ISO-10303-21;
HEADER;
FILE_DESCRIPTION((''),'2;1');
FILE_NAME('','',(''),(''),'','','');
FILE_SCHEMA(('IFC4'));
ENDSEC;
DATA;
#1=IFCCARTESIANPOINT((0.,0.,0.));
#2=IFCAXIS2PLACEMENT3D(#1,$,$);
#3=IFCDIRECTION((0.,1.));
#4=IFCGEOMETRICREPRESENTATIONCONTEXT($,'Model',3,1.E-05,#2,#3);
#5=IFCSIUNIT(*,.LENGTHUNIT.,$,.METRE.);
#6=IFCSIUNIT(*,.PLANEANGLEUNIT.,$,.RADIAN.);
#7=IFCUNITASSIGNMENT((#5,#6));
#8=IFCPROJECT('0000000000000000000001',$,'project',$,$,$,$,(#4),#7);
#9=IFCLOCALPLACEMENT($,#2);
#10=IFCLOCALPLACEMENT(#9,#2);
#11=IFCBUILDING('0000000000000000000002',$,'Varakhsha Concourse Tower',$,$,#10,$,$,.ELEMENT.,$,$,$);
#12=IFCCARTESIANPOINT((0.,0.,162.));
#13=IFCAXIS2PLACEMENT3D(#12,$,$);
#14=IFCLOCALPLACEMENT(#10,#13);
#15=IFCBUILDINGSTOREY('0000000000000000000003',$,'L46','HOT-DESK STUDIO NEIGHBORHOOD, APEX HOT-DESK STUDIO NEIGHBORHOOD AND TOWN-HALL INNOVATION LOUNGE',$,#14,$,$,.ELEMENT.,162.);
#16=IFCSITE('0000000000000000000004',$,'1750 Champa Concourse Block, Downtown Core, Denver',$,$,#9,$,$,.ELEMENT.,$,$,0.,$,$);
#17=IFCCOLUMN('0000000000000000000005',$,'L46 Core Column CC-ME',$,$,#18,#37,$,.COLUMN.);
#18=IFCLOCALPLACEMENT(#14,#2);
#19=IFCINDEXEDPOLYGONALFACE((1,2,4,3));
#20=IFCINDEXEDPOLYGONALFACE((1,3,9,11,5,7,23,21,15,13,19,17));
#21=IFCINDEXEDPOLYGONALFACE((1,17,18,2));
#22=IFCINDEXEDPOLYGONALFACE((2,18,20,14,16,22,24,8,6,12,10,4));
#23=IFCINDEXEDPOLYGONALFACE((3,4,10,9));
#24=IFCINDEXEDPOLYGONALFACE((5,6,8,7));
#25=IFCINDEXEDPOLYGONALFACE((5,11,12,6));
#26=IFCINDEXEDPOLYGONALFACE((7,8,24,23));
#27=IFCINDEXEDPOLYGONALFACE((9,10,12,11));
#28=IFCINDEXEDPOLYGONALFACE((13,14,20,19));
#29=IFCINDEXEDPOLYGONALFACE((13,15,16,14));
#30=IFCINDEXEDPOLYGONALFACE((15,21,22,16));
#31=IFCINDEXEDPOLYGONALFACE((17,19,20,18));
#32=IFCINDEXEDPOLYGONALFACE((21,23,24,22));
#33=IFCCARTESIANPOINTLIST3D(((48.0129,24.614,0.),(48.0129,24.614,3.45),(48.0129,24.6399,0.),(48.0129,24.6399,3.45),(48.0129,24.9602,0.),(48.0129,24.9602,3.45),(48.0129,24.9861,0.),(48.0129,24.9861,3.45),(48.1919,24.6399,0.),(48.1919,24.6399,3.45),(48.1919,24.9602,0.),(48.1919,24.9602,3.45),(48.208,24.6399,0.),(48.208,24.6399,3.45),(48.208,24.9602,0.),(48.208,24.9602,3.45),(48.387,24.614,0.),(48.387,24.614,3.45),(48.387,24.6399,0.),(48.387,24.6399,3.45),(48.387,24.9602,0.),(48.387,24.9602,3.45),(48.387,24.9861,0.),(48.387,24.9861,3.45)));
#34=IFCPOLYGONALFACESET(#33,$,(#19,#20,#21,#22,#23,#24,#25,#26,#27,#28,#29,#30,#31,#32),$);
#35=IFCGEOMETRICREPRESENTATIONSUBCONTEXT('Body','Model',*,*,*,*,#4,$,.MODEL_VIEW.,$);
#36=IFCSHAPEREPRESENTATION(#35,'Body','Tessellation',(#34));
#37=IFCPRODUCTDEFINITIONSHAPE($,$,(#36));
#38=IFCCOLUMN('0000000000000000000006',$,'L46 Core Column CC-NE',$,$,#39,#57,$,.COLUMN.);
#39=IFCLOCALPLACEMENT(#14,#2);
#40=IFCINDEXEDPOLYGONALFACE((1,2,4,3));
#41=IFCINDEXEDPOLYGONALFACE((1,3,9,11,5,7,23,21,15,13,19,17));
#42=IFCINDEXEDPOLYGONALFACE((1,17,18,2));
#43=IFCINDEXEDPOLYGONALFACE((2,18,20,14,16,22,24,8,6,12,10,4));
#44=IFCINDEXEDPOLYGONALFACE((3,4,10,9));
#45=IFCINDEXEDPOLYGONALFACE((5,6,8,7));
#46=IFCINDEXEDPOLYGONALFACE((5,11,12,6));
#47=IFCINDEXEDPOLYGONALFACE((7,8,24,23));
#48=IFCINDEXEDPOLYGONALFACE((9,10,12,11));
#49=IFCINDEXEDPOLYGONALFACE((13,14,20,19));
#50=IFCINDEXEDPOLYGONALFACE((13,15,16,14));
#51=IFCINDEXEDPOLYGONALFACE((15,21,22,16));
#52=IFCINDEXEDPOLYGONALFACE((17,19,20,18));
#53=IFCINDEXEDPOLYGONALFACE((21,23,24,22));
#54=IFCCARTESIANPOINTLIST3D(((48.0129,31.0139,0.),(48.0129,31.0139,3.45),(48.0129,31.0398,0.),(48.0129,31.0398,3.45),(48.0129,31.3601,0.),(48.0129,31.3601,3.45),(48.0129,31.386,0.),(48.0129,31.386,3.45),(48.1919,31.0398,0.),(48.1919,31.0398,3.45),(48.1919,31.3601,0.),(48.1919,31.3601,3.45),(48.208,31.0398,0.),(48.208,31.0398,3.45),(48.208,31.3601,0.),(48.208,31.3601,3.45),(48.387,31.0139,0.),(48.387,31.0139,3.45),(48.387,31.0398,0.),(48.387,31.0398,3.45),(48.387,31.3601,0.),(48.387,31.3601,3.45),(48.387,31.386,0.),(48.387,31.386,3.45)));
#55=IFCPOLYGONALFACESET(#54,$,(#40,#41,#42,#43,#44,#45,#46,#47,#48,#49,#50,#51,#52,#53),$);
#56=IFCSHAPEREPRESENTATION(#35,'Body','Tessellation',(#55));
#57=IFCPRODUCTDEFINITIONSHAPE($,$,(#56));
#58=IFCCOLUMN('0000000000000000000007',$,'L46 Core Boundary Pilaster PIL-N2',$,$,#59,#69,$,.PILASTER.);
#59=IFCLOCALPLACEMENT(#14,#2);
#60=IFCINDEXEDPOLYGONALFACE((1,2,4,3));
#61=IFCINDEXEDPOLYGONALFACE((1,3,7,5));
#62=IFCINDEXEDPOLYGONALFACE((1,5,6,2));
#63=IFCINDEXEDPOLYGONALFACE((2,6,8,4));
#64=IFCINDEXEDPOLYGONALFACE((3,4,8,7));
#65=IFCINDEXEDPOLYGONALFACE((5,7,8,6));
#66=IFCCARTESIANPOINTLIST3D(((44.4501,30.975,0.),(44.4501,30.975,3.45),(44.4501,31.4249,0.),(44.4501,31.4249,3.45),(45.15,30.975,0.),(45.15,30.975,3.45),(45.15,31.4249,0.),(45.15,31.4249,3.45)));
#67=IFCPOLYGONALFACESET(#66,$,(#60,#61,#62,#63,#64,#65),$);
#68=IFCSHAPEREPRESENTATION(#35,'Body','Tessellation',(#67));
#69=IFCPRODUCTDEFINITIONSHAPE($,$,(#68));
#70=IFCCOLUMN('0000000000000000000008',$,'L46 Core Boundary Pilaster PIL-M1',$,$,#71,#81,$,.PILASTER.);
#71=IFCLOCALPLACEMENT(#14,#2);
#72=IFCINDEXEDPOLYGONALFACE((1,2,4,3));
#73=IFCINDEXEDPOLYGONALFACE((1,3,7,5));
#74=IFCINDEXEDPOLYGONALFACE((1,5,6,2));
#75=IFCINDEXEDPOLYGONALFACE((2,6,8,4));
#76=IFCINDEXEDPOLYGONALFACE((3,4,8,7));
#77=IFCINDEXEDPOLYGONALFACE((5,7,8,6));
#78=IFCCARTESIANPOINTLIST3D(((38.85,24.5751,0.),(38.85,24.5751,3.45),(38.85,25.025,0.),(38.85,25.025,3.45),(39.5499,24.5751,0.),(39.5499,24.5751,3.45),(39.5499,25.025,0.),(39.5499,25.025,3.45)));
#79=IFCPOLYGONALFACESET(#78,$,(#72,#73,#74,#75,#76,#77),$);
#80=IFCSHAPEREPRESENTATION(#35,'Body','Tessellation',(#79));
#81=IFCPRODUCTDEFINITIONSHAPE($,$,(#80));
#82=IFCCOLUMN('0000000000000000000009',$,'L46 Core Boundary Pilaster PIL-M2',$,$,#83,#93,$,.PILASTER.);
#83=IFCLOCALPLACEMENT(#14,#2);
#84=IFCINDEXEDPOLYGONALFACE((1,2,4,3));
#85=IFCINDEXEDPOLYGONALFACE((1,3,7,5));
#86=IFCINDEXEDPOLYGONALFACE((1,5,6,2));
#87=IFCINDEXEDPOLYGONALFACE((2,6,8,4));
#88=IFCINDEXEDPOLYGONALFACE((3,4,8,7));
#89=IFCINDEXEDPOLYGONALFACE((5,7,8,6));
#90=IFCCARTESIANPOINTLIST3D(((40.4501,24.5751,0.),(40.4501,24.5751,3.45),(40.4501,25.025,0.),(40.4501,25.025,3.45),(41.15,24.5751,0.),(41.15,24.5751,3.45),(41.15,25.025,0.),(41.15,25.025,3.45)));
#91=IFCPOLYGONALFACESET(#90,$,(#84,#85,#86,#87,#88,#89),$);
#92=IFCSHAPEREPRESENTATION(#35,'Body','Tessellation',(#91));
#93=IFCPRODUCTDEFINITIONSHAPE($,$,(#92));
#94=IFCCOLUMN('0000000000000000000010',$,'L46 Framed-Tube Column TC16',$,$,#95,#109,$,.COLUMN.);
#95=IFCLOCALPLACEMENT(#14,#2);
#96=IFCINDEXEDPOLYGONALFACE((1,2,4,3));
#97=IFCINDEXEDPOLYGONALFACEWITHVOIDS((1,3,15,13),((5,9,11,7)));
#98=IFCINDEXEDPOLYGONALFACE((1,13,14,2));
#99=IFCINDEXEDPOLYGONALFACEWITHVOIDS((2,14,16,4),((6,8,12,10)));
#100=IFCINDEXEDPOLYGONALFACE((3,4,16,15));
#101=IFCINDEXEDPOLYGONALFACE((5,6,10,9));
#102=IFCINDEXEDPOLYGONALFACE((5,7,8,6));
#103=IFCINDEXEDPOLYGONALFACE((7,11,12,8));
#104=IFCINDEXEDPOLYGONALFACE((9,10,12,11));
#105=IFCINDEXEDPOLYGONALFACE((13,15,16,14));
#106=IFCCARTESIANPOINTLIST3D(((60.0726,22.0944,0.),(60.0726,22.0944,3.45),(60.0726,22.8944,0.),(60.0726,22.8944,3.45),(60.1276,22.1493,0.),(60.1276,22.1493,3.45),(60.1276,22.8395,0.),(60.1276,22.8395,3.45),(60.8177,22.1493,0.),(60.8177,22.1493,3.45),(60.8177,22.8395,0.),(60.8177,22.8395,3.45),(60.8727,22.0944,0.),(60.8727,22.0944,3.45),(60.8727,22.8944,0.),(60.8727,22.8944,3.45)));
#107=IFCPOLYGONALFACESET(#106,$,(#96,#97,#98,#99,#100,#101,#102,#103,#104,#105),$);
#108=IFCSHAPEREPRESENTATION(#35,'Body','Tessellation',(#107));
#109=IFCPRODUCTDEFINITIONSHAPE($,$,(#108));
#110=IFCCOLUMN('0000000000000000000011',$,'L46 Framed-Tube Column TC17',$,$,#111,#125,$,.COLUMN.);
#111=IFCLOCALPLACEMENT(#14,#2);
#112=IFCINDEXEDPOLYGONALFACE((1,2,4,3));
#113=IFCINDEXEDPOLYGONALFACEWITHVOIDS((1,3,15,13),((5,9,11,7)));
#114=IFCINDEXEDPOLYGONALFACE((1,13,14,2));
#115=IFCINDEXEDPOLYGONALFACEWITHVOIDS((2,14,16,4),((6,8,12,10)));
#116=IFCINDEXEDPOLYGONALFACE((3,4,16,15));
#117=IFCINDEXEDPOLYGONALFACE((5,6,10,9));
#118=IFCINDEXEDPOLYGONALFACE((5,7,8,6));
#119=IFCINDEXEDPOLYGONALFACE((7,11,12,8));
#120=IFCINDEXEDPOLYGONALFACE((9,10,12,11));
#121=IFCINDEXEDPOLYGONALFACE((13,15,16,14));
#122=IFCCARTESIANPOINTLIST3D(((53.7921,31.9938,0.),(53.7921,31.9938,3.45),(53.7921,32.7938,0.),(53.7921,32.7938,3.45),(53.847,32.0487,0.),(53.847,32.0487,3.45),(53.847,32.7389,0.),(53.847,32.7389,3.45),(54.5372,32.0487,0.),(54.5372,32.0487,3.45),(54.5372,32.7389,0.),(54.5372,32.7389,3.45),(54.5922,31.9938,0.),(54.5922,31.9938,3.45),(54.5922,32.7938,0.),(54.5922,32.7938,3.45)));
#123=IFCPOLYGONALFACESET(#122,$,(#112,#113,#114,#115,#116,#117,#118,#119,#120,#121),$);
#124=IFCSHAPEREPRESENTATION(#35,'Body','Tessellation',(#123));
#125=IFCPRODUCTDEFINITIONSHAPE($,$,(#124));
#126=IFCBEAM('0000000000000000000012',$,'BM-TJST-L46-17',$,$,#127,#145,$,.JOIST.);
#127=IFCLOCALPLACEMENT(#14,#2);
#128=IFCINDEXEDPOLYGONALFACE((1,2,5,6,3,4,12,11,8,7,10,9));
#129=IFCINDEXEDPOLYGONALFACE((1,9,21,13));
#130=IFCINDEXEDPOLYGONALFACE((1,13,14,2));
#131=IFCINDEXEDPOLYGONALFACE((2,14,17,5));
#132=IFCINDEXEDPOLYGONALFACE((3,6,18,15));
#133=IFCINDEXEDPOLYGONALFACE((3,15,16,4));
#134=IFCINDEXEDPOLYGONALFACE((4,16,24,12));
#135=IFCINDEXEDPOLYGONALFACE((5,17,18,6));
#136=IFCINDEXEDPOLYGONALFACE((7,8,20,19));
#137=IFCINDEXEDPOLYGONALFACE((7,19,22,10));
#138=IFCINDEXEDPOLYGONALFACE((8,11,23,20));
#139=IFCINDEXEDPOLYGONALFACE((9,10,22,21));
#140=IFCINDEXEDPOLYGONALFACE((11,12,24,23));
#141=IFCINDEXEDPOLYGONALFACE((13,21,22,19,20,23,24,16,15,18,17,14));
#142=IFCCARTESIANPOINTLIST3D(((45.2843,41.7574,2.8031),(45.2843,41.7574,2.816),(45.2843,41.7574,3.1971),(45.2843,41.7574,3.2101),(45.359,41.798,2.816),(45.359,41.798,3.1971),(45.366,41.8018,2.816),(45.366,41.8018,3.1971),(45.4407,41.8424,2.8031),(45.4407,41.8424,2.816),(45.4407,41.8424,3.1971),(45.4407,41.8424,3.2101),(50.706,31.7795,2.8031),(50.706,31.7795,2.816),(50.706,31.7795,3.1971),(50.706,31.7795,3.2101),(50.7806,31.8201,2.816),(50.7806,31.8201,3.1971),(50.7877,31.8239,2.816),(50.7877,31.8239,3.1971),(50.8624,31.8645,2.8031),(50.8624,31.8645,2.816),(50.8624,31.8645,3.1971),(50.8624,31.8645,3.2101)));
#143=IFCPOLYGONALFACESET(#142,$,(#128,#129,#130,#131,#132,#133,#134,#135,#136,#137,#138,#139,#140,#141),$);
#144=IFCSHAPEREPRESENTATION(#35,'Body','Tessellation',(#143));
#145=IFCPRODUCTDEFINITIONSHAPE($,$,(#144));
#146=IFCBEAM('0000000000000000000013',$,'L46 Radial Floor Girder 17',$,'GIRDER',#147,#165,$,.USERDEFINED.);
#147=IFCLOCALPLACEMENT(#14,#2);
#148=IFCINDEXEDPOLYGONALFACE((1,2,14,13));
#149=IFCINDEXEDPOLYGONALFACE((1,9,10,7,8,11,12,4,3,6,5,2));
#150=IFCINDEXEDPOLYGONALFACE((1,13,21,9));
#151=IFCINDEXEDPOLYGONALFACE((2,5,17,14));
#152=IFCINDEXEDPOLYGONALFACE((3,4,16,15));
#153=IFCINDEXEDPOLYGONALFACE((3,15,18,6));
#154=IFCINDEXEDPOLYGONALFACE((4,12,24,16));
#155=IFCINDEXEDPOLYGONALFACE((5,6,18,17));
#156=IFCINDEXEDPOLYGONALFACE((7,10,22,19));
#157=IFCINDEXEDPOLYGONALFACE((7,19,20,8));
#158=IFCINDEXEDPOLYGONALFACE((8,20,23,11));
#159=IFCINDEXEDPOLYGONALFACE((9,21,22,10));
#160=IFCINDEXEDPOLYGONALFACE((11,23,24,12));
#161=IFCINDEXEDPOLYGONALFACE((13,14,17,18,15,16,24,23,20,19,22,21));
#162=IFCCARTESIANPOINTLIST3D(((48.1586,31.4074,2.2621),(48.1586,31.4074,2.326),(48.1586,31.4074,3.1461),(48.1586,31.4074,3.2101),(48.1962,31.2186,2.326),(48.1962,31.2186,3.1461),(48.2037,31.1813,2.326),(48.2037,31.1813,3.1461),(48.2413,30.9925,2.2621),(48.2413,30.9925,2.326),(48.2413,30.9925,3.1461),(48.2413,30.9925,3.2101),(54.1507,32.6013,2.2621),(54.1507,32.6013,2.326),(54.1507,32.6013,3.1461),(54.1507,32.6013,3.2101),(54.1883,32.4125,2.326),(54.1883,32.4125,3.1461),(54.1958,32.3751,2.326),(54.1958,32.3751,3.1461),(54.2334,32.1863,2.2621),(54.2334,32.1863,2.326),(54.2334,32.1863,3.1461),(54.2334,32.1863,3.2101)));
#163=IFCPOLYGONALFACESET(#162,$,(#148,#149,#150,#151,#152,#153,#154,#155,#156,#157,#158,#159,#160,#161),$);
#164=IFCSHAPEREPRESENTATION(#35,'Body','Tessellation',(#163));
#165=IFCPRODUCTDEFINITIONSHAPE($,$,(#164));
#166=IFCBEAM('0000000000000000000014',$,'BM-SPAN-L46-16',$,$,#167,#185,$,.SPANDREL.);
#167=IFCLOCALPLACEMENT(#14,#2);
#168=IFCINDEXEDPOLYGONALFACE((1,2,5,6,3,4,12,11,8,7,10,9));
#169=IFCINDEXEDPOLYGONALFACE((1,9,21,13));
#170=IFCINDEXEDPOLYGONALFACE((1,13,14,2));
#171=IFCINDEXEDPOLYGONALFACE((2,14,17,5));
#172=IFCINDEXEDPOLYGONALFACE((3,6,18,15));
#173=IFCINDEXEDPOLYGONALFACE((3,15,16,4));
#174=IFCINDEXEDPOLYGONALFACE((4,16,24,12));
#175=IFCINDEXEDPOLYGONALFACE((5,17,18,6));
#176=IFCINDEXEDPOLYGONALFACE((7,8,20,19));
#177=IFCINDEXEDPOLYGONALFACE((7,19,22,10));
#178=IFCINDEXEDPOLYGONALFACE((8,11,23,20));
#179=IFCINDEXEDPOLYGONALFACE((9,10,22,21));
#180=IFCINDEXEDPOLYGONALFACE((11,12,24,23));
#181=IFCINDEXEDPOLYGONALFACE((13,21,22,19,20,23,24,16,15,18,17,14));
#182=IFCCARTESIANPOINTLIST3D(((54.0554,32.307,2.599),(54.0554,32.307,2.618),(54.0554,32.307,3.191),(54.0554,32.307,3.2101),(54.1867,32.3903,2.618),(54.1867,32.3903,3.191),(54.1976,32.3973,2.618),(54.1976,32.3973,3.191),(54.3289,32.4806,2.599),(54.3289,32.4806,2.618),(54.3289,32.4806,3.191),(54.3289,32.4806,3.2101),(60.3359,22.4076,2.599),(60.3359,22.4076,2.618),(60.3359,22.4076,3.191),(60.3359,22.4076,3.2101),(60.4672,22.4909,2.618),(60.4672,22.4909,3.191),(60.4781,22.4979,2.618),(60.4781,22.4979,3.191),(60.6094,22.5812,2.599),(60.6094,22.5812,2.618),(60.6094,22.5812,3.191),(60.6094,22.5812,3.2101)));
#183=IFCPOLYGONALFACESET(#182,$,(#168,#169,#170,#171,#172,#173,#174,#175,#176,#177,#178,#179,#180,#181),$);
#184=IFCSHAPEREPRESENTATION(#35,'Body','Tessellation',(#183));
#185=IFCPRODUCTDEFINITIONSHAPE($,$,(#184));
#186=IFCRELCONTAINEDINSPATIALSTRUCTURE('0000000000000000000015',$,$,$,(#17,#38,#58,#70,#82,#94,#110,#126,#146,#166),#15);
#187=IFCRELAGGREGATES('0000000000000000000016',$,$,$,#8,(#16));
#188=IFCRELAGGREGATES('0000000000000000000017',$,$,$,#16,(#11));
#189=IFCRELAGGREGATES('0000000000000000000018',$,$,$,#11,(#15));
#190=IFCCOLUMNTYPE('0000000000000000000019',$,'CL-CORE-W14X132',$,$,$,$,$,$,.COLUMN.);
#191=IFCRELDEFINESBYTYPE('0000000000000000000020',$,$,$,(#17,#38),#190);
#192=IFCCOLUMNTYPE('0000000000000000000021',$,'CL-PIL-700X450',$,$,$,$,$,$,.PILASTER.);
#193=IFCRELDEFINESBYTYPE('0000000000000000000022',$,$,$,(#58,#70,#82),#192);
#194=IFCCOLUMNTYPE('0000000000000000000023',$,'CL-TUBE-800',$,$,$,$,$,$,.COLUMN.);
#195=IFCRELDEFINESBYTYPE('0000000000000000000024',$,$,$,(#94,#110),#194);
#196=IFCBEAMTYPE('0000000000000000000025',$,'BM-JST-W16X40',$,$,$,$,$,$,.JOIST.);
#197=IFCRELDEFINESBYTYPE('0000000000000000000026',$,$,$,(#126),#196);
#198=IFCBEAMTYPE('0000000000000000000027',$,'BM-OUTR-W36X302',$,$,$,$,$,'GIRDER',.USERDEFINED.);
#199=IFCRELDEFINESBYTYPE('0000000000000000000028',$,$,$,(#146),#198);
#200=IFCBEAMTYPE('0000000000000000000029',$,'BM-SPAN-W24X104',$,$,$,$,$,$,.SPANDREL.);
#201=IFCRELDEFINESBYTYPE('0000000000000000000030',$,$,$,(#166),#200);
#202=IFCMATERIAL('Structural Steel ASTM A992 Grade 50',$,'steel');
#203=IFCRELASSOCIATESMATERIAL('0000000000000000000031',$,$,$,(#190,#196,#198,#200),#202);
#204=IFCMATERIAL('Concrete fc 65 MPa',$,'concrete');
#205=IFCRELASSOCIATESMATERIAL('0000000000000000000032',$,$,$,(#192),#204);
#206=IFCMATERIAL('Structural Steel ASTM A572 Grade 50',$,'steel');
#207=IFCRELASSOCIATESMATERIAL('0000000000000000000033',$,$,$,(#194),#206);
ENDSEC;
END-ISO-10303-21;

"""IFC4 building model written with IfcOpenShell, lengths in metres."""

from ifc_helpers import new_model, si_unit, direction, frame, origin, origin_2d, place, context, subcontext, project, spatial, rectangle, hollow_rectangle, i_section, extrude, material, material_profile, profile_set, type_object, element, save


model = new_model("IFC4")

# Units and contexts
model_context = context("Model", 3, precision=1e-05, world=origin(), true_north=direction((0.0, 1.0)))
body_context = subcontext(model_context, "Body", "Model", "MODEL_VIEW")
ifc_project = project(units=[si_unit("LENGTHUNIT", "METRE"), si_unit("PLANEANGLEUNIT", "RADIAN")], contexts=[model_context])

# Site, building, storey
site_placement = place(None, origin())
site = spatial("IfcSite", under=ifc_project, at=site_placement, Name="1750 Champa Concourse Block, Downtown Core, Denver", CompositionType="ELEMENT", RefElevation=0.0)
building_placement = place(site_placement, origin())
building = spatial("IfcBuilding", under=site, at=building_placement, Name="Varakhsha Concourse Tower", CompositionType="ELEMENT")
storey_placement = place(building_placement, frame((0.0, 0.0, 162.0)))
storey = spatial("IfcBuildingStorey", under=building, at=storey_placement, Name="L46", Description="HOT-DESK STUDIO NEIGHBORHOOD, APEX HOT-DESK STUDIO NEIGHBORHOOD AND TOWN-HALL INNOVATION LOUNGE", CompositionType="ELEMENT", Elevation=162.0)

# Columns
ifc_material_1 = material(Name="Structural Steel ASTM A992 Grade 50", Category="steel")
ifc_material_profile_1 = material_profile(ifc_material_1, i_section(OverallWidth=0.374, OverallDepth=0.3721, WebThickness=0.0161, FlangeThickness=0.0259, at=origin_2d()), Name="W14X132")
ifc_profile_set_1 = profile_set([ifc_material_profile_1], Name="Structural Steel ASTM A992 Grade 50")
column_type_1 = type_object("IfcColumnType", Name="CL-CORE-W14X132", PredefinedType="COLUMN", material=ifc_profile_set_1)
for number, where, z_axis, x_axis, name in (
    (1, (48.2, 24.8, 0.0), (0.0, 0.0, 1.0), (1.0, 0.0, 0.0), "L46 Core Column CC-ME"),
    (2, (48.2, 31.2, 0.0), (0.0, 0.0, 1.0), (1.0, 0.0, 0.0), "L46 Core Column CC-NE"),
):
    element("IfcColumn", number, at=place(storey_placement, frame(where, z_axis=z_axis, x_axis=x_axis)), inside=storey, type_object=column_type_1, Name=name, PredefinedType="COLUMN", context=body_context, shape_type="SweptSolid", body=[
        extrude(i_section(OverallWidth=0.374, OverallDepth=0.3721, WebThickness=0.0161, FlangeThickness=0.0259, at=origin_2d()), origin(), (0.0, 0.0, 1.0), 3.45),
    ])
ifc_material_2 = material(Name="Concrete fc 65 MPa", Category="concrete")
ifc_material_profile_2 = material_profile(ifc_material_2, rectangle(XDim=0.7, YDim=0.45, at=origin_2d()), Name="RC 700x450")
ifc_profile_set_2 = profile_set([ifc_material_profile_2], Name="Concrete fc 65 MPa")
column_type_2 = type_object("IfcColumnType", Name="CL-PIL-700X450", PredefinedType="PILASTER", material=ifc_profile_set_2)
for number, where, z_axis, x_axis, name in (
    (3, (44.8, 31.2, 0.0), (0.0, 0.0, 1.0), (1.0, 0.0, 0.0), "L46 Core Boundary Pilaster PIL-N2"),
    (4, (39.2, 24.8, 0.0), (0.0, 0.0, 1.0), (1.0, 0.0, 0.0), "L46 Core Boundary Pilaster PIL-M1"),
    (5, (40.8, 24.8, 0.0), (0.0, 0.0, 1.0), (1.0, 0.0, 0.0), "L46 Core Boundary Pilaster PIL-M2"),
):
    element("IfcColumn", number, at=place(storey_placement, frame(where, z_axis=z_axis, x_axis=x_axis)), inside=storey, type_object=column_type_2, Name=name, PredefinedType="PILASTER", context=body_context, shape_type="SweptSolid", body=[
        extrude(rectangle(XDim=0.7, YDim=0.45, at=origin_2d()), origin(), (0.0, 0.0, 1.0), 3.45),
    ])
ifc_material_3 = material(Name="Structural Steel ASTM A572 Grade 50", Category="steel")
ifc_material_profile_3 = material_profile(ifc_material_3, hollow_rectangle(XDim=0.8, YDim=0.8, WallThickness=0.0549, at=origin_2d()), Name="BOX 800x800x55")
ifc_profile_set_3 = profile_set([ifc_material_profile_3], Name="Structural Steel ASTM A572 Grade 50")
column_type_3 = type_object("IfcColumnType", Name="CL-TUBE-800", PredefinedType="COLUMN", material=ifc_profile_set_3)
for number, where, z_axis, x_axis, name in (
    (6, (60.4727, 22.4944, 0.0), (0.0, 0.0, 1.0), (1.0, 0.0, 0.0), "L46 Framed-Tube Column TC16"),
    (7, (54.1921, 32.3938, 0.0), (0.0, 0.0, 1.0), (1.0, 0.0, 0.0), "L46 Framed-Tube Column TC17"),
):
    element("IfcColumn", number, at=place(storey_placement, frame(where, z_axis=z_axis, x_axis=x_axis)), inside=storey, type_object=column_type_3, Name=name, PredefinedType="COLUMN", context=body_context, shape_type="SweptSolid", body=[
        extrude(hollow_rectangle(XDim=0.8, YDim=0.8, WallThickness=0.0549, at=origin_2d()), origin(), (0.0, 0.0, 1.0), 3.45),
    ])

# Beams
ifc_material_profile_4 = material_profile(ifc_material_1, i_section(OverallWidth=0.178, OverallDepth=0.407, WebThickness=0.0081, FlangeThickness=0.0129, at=origin_2d()), Name="W16X40")
ifc_profile_set_4 = profile_set([ifc_material_profile_4], Name="Structural Steel ASTM A992 Grade 50")
beam_type_1 = type_object("IfcBeamType", Name="BM-JST-W16X40", PredefinedType="JOIST", material=ifc_profile_set_4)
beam_1_placement = place(storey_placement, frame((50.7842, 31.822, 3.0066), z_axis=(-0.47744, 0.878664, 0.0), x_axis=(-0.878664, -0.47744, 0.0)))
element("IfcBeam", 8, at=beam_1_placement, inside=storey, type_object=beam_type_1, Name="BM-TJST-L46-17", PredefinedType="JOIST", context=body_context, shape_type="SweptSolid", body=[
    extrude(i_section(OverallWidth=0.178, OverallDepth=0.407, WebThickness=0.0081, FlangeThickness=0.0129, at=origin_2d()), origin(), (0.0, 0.0, 1.0), 11.3557),
])
ifc_material_profile_5 = material_profile(ifc_material_1, i_section(OverallWidth=0.4231, OverallDepth=0.948, WebThickness=0.0381, FlangeThickness=0.064, at=origin_2d()), Name="W36X302")
ifc_profile_set_5 = profile_set([ifc_material_profile_5], Name="Structural Steel ASTM A992 Grade 50")
beam_type_2 = type_object("IfcBeamType", Name="BM-OUTR-W36X302", ElementType="GIRDER", PredefinedType="USERDEFINED", material=ifc_profile_set_5)
beam_2_placement = place(storey_placement, frame((48.2, 31.2, 2.7361), z_axis=(0.980725, 0.195394, 0.0), x_axis=(-0.195394, 0.980725, 0.0)))
element("IfcBeam", 9, at=beam_2_placement, inside=storey, type_object=beam_type_2, Name="L46 Radial Floor Girder 17", ObjectType="GIRDER", PredefinedType="USERDEFINED", context=body_context, shape_type="SweptSolid", body=[
    extrude(i_section(OverallWidth=0.4231, OverallDepth=0.948, WebThickness=0.0381, FlangeThickness=0.064, at=origin_2d()), origin(), (0.0, 0.0, 1.0), 6.1099),
])
ifc_material_profile_6 = material_profile(ifc_material_1, i_section(OverallWidth=0.324, OverallDepth=0.6111, WebThickness=0.0129, FlangeThickness=0.019, at=origin_2d()), Name="W24X104")
ifc_profile_set_6 = profile_set([ifc_material_profile_6], Name="Structural Steel ASTM A992 Grade 50")
beam_type_3 = type_object("IfcBeamType", Name="BM-SPAN-W24X104", PredefinedType="SPANDREL", material=ifc_profile_set_6)
beam_3_placement = place(storey_placement, frame((60.4727, 22.4944, 2.9045), z_axis=(-0.535715, 0.844399, 0.0), x_axis=(-0.844399, -0.535715, 0.0)))
element("IfcBeam", 10, at=beam_3_placement, inside=storey, type_object=beam_type_3, Name="BM-SPAN-L46-16", PredefinedType="SPANDREL", context=body_context, shape_type="SweptSolid", body=[
    extrude(i_section(OverallWidth=0.324, OverallDepth=0.6111, WebThickness=0.0129, FlangeThickness=0.019, at=origin_2d()), origin(), (0.0, 0.0, 1.0), 11.7236),
])

save(model, "model.ifc")
